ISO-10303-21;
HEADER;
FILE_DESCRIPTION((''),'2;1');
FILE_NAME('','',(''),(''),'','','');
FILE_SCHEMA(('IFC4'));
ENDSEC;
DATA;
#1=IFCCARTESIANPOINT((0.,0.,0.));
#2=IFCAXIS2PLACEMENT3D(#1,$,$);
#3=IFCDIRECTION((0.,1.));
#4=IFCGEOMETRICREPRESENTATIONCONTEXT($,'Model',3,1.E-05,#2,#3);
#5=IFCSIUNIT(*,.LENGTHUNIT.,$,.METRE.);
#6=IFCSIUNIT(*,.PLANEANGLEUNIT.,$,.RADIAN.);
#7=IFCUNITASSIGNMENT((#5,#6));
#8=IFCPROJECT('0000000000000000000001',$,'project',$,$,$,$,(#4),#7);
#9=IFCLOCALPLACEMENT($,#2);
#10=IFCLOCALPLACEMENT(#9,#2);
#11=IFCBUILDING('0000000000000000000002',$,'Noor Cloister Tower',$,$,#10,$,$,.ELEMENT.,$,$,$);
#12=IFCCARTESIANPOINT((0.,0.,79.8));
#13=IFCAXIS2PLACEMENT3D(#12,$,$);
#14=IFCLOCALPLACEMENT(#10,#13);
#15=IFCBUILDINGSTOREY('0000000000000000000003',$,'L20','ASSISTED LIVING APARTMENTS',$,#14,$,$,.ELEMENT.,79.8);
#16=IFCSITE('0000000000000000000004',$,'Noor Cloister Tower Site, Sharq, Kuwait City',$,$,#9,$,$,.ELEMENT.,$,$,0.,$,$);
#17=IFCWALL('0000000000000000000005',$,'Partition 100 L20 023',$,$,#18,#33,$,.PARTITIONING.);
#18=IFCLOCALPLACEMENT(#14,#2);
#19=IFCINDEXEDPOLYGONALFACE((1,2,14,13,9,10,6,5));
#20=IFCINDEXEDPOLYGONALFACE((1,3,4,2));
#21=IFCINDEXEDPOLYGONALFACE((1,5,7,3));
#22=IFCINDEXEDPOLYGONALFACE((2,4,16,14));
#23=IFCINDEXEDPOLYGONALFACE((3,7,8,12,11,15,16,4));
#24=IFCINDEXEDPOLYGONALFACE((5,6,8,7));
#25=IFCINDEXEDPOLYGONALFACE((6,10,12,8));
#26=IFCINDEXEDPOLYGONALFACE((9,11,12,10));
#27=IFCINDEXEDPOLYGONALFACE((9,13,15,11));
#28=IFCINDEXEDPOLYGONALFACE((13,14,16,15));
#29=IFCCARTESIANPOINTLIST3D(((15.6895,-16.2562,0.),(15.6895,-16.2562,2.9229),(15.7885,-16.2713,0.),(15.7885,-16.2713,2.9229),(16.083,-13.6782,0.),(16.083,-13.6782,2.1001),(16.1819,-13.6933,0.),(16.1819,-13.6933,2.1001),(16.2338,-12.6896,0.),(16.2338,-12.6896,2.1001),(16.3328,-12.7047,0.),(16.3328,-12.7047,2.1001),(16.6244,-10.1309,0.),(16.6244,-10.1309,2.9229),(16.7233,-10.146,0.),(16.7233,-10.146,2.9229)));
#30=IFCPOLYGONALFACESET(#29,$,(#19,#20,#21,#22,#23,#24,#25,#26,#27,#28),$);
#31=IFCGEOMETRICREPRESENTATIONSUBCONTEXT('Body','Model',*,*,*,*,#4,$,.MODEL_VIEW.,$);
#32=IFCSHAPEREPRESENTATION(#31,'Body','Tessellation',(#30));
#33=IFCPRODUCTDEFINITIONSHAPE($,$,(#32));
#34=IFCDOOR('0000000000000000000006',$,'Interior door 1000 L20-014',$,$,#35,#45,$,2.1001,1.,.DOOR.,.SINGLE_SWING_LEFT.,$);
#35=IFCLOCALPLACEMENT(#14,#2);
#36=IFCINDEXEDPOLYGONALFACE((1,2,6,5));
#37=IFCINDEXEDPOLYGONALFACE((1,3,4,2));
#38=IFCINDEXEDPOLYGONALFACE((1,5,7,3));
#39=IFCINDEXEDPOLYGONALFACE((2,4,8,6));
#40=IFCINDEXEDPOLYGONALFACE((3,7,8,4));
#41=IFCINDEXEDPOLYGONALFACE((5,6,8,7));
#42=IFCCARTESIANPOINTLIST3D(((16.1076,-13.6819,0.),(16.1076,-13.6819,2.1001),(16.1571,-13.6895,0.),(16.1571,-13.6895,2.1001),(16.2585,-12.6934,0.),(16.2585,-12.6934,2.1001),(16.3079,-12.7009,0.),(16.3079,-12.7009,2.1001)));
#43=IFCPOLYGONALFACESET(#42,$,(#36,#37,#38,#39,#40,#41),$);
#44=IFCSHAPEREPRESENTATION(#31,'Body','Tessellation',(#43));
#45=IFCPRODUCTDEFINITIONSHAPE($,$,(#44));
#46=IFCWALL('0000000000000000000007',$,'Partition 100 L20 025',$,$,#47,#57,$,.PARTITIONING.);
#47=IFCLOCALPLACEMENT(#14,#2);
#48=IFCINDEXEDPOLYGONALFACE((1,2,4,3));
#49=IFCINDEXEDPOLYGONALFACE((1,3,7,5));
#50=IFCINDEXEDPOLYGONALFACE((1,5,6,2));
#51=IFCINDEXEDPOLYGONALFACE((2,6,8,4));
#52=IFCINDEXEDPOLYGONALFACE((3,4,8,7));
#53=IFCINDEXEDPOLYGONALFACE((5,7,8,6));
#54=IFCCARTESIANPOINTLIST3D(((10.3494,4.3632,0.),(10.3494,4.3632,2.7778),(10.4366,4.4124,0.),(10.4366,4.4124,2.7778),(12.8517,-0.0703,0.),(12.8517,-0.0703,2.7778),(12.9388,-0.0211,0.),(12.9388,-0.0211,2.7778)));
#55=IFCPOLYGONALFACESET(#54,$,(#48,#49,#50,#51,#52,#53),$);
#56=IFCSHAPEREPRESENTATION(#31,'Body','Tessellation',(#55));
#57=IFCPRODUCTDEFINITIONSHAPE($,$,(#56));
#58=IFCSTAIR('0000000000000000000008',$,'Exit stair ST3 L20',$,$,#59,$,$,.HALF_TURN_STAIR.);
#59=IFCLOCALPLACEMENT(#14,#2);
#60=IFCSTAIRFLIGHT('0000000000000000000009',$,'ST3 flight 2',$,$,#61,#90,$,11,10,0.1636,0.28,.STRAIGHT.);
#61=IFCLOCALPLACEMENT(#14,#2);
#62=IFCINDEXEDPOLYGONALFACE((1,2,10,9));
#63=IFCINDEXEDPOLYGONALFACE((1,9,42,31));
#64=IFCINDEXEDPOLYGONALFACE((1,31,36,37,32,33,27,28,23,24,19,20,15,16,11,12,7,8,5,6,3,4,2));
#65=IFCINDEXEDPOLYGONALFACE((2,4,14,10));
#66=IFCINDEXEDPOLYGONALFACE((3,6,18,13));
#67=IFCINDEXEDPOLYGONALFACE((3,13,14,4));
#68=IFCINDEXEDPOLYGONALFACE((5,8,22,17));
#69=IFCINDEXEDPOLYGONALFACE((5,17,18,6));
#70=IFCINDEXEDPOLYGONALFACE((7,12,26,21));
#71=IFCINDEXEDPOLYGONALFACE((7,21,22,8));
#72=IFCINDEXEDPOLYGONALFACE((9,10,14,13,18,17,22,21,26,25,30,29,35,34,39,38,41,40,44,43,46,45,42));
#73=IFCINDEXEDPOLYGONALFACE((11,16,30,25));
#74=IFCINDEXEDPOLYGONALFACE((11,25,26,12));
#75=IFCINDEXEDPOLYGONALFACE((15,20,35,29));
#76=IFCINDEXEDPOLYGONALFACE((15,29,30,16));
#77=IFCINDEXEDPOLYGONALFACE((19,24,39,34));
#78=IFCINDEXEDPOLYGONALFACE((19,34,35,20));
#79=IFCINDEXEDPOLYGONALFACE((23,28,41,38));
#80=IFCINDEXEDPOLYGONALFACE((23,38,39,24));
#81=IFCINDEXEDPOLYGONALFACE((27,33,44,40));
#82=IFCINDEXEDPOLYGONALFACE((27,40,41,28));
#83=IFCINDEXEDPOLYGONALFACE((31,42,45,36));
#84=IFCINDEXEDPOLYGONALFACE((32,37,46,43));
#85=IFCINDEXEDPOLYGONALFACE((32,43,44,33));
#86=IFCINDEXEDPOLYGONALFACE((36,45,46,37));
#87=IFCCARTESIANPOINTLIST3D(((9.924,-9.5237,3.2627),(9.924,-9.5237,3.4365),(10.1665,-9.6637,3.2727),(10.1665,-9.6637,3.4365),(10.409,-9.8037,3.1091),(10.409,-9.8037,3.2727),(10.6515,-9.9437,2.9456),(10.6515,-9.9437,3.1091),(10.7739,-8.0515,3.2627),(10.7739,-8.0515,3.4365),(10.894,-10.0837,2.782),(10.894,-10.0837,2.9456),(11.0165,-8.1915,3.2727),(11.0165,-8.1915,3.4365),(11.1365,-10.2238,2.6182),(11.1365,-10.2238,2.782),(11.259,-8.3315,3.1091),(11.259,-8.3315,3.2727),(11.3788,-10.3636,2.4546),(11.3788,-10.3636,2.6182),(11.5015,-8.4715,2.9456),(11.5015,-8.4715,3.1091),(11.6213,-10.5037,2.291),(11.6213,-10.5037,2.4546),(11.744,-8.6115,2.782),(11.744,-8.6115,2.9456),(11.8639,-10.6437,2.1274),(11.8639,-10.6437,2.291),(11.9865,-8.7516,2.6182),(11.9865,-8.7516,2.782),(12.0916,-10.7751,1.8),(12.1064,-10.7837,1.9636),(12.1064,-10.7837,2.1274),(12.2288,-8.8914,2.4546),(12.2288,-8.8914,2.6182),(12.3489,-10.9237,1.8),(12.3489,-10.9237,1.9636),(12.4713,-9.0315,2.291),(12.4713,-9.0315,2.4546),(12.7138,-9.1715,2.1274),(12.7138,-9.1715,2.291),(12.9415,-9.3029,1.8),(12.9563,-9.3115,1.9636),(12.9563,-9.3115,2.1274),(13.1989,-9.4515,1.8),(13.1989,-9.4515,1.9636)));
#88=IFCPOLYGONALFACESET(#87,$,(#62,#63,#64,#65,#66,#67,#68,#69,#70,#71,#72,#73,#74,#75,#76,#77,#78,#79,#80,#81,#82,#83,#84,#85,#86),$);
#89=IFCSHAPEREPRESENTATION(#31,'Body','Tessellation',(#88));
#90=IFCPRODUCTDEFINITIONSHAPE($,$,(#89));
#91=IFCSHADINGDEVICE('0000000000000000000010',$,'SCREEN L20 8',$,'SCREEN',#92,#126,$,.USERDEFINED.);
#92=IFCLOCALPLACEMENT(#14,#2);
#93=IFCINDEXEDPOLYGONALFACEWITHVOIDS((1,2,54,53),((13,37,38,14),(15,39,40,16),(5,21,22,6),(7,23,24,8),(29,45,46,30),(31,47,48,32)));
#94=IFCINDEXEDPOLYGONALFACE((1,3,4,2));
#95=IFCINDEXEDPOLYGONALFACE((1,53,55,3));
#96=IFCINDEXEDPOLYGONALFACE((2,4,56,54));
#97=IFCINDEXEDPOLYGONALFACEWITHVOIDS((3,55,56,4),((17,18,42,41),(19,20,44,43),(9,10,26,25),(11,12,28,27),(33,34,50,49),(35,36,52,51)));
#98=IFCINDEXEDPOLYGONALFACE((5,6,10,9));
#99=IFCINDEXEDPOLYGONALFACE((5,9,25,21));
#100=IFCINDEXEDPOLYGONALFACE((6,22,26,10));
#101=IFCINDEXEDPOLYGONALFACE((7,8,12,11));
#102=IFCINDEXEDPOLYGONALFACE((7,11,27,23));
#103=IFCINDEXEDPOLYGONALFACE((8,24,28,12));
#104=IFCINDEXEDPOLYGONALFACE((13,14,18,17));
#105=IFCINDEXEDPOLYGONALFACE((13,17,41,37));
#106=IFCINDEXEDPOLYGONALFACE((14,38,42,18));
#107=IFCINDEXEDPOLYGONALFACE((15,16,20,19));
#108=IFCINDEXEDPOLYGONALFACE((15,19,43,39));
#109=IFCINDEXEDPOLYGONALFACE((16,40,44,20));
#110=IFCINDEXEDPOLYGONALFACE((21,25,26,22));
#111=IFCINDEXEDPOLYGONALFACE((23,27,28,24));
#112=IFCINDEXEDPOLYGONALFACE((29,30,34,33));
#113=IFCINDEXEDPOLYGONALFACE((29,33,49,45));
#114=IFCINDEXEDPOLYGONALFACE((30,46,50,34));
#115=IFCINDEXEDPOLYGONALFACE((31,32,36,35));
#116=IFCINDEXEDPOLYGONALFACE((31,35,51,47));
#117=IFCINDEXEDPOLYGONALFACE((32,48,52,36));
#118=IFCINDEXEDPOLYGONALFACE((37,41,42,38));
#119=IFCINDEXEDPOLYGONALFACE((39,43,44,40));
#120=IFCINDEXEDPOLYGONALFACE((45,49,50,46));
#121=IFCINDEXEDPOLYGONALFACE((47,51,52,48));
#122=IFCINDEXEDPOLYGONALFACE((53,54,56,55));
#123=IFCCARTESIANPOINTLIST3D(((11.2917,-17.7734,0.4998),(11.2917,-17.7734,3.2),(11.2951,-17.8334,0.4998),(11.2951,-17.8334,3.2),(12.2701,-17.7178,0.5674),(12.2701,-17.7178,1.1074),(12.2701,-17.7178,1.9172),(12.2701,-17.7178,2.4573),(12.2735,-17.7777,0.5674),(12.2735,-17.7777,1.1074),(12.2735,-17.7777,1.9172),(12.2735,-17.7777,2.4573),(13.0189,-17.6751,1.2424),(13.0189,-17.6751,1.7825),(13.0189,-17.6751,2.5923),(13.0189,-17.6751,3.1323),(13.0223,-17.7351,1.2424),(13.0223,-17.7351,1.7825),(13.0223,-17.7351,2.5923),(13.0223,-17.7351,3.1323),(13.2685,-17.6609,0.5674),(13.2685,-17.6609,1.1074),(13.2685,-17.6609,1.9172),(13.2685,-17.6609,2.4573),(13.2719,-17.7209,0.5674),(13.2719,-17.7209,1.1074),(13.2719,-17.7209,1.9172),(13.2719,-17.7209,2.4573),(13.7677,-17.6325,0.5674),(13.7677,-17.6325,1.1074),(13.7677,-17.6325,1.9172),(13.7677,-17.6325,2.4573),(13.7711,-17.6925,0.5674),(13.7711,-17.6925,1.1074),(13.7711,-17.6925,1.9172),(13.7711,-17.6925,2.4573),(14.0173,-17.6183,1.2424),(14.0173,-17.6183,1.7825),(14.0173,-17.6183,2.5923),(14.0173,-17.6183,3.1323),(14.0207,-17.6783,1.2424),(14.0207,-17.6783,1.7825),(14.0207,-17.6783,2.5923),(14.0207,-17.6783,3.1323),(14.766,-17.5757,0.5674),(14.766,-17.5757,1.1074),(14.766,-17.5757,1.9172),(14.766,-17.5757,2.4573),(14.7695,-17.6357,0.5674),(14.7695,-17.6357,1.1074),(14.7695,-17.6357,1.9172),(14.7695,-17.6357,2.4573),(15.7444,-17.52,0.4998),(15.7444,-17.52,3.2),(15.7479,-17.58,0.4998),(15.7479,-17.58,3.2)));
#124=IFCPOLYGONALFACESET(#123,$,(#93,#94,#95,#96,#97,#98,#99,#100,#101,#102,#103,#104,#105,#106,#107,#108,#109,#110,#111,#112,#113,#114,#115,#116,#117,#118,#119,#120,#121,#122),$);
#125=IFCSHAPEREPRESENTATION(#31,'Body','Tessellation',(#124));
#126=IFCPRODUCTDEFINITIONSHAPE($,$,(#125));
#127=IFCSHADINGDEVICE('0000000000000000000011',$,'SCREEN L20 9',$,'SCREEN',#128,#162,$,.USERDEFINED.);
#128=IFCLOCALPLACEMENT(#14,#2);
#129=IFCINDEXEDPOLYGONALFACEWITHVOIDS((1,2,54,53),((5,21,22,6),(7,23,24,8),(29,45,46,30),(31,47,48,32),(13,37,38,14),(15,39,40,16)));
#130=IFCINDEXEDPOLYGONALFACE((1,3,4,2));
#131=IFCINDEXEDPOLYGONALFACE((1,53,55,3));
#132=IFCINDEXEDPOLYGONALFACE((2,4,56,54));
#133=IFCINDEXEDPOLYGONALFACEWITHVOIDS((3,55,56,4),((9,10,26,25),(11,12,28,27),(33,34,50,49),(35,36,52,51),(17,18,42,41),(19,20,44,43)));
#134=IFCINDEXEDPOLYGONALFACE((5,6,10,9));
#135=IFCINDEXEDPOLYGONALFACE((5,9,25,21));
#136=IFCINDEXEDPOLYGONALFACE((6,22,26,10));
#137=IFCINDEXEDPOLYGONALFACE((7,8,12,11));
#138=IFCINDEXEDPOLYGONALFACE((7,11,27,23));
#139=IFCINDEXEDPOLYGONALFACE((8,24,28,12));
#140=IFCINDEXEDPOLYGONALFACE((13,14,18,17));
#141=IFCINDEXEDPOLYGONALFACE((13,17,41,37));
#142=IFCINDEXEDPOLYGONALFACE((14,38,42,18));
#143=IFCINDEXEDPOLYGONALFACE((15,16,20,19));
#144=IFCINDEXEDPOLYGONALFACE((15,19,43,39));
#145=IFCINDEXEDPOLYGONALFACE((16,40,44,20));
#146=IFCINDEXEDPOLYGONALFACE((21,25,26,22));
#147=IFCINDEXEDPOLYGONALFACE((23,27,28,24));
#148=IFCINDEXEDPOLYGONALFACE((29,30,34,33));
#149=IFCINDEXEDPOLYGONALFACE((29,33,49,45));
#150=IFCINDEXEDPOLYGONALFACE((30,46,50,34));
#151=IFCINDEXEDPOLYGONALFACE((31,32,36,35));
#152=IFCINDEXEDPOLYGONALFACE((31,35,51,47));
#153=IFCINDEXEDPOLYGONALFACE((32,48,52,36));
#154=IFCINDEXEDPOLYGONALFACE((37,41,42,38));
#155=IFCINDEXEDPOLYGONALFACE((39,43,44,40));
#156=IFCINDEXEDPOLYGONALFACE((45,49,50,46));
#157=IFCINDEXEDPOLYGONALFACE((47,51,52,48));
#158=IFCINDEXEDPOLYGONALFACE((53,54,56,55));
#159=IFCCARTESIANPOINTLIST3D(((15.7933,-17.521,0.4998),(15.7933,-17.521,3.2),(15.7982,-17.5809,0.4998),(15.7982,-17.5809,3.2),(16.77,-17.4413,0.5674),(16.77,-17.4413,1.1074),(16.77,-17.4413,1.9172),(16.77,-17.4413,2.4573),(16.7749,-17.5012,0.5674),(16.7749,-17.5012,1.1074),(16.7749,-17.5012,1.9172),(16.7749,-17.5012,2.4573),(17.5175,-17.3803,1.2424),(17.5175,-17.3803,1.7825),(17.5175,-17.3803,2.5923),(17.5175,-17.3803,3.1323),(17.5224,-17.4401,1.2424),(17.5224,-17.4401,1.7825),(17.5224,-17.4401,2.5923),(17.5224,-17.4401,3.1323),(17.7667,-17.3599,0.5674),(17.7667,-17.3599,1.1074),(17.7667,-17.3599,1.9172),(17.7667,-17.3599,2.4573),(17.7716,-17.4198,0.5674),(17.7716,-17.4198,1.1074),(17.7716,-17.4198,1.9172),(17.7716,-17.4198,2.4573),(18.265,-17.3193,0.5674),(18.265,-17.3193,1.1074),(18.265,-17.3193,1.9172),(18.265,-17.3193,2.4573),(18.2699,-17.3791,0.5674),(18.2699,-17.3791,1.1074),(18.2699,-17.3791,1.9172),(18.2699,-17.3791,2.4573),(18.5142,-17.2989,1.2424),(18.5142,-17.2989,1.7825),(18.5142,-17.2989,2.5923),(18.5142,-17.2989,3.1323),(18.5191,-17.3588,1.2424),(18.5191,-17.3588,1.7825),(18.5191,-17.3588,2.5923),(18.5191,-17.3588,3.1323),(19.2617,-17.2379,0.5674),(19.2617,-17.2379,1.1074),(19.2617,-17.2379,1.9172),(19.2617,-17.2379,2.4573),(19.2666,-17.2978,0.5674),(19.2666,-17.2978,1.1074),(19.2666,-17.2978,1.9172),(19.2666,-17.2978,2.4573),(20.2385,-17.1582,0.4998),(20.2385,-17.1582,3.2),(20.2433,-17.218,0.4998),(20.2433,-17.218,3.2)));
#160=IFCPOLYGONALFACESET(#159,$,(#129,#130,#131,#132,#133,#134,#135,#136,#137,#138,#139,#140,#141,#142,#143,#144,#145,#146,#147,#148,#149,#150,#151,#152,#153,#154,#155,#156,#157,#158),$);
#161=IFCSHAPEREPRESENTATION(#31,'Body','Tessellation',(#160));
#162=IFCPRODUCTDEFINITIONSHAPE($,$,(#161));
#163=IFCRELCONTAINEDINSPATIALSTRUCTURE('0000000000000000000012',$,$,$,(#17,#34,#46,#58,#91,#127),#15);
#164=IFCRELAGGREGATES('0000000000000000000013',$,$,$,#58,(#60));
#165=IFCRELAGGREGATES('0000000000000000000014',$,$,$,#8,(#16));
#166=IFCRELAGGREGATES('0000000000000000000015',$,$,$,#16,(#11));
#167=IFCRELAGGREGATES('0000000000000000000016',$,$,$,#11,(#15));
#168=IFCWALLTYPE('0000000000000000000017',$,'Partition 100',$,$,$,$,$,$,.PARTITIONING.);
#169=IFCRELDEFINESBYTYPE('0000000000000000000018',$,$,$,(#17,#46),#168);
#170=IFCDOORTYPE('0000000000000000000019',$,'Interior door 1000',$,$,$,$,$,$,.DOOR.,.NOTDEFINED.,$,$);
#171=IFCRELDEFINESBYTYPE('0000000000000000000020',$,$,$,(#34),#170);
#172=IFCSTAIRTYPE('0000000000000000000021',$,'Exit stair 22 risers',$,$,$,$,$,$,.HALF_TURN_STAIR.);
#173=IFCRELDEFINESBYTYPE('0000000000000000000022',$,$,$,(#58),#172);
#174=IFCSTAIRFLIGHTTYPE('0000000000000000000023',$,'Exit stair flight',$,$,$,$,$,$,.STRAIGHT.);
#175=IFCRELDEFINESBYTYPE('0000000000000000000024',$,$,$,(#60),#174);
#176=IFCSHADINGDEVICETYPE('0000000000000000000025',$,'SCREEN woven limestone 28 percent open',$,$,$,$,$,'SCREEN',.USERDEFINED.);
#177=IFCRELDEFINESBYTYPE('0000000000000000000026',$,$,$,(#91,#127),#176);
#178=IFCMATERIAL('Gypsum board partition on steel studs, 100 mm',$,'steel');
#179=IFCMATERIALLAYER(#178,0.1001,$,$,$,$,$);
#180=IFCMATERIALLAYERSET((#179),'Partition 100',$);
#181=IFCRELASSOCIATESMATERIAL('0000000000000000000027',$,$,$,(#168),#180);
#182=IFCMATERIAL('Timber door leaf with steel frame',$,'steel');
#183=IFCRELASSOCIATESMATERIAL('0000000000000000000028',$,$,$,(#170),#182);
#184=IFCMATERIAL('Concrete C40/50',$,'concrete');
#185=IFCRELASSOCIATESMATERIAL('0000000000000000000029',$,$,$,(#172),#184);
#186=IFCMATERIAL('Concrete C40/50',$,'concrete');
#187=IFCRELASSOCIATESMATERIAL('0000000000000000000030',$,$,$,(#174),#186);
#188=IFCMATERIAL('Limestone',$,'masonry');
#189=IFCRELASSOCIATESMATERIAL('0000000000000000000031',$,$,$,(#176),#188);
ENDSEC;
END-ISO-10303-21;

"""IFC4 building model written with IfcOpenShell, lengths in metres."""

from ifc_helpers import new_model, si_unit, direction, frame, frame_2d, origin, place, context, subcontext, project, spatial, polyline, rectangle, outline, extrude, material, layer, layer_set, material_profile, profile_set, type_object, element, fill, aggregate, save


model = new_model("IFC4")

# Units and contexts
model_context = context("Model", 3, precision=1e-05, world=origin(), true_north=direction((0.0, 1.0)))
body_context = subcontext(model_context, "Body", "Model", "MODEL_VIEW")
ifc_project = project(units=[si_unit("LENGTHUNIT", "METRE"), si_unit("PLANEANGLEUNIT", "RADIAN")], contexts=[model_context])

# Site, building, storey
site_placement = place(None, origin())
site = spatial("IfcSite", under=ifc_project, at=site_placement, Name="Noor Cloister Tower Site, Sharq, Kuwait City", CompositionType="ELEMENT", RefElevation=0.0)
building_placement = place(site_placement, origin())
building = spatial("IfcBuilding", under=site, at=building_placement, Name="Noor Cloister Tower", CompositionType="ELEMENT")
storey_placement = place(building_placement, frame((0.0, 0.0, 79.8)))
storey = spatial("IfcBuildingStorey", under=building, at=storey_placement, Name="L20", Description="ASSISTED LIVING APARTMENTS", CompositionType="ELEMENT", Elevation=79.8)

# Wall, opening, door
ifc_material_1 = material(Name="Gypsum board partition on steel studs, 100 mm", Category="steel")
ifc_layer_1 = layer(ifc_material_1, 0.1001)
ifc_layer_set_1 = layer_set([ifc_layer_1], Name="Partition 100")
wall_type_1 = type_object("IfcWallType", Name="Partition 100", PredefinedType="PARTITIONING", material=ifc_layer_set_1)
wall_1_placement = place(storey_placement, frame((16.6738, -10.1384, 0.0), z_axis=(0.0, 0.0, 1.0), x_axis=(-0.15087, -0.988554, 0.0)))
wall_1 = element("IfcWall", 1, at=wall_1_placement, inside=storey, type_object=wall_type_1, Name="Partition 100 L20 023", PredefinedType="PARTITIONING", context=body_context, shape_type="SweptSolid", body=[
    extrude(rectangle(XDim=6.1963, YDim=0.1001, at=frame_2d((3.0981, 0.0))), origin(), (0.0, 0.0, 1.0), 2.9229),
])
opening_placement = place(wall_1_placement, frame((2.5884, 0.0, 0.0)))
opening = element("IfcOpeningElement", 2, at=opening_placement, cuts=wall_1, PredefinedType="OPENING", context=body_context, shape_type="SweptSolid", body=[
    extrude(rectangle(XDim=1.0, YDim=2.1001, at=frame_2d((0.5, 1.05))), frame((0.0, 0.0601, 0.0), z_axis=(0.0, -1.0, 0.0), x_axis=(1.0, 0.0, 0.0)), (0.0, 0.0, 1.0), 0.1201),
])
ifc_material_2 = material(Name="Timber door leaf with steel frame", Category="steel")
door_type = type_object("IfcDoorType", Name="Interior door 1000", OperationType="NOTDEFINED", PredefinedType="DOOR", material=ifc_material_2)
door_placement = place(opening_placement, origin())
door = element("IfcDoor", 3, at=door_placement, inside=storey, type_object=door_type, Name="Interior door 1000 L20-014", OperationType="SINGLE_SWING_LEFT", OverallHeight=2.1001, OverallWidth=1.0, PredefinedType="DOOR", context=body_context, shape_type="SweptSolid", body=[
    extrude(rectangle(XDim=1.0, YDim=2.1001, at=frame_2d((0.5, 1.05))), frame((0.0, 0.0249, 0.0), z_axis=(0.0, -1.0, 0.0), x_axis=(1.0, 0.0, 0.0)), (0.0, 0.0, 1.0), 0.05),
])
fill(opening, door)

# Wall
wall_2_placement = place(storey_placement, frame((12.8953, -0.0457, 0.0), z_axis=(0.0, 0.0, 1.0), x_axis=(-0.49152, 0.870866, 0.0)))
element("IfcWall", 4, at=wall_2_placement, inside=storey, type_object=wall_type_1, Name="Partition 100 L20 025", PredefinedType="PARTITIONING", context=body_context, shape_type="SweptSolid", body=[
    extrude(rectangle(XDim=5.0908, YDim=0.1001, at=frame_2d((2.5454, 0.0))), origin(), (0.0, 0.0, 1.0), 2.7778),
])

# Stair, stair flight
ifc_material_3 = material(Name="Concrete C40/50", Category="concrete")
stair_type = type_object("IfcStairType", Name="Exit stair 22 risers", PredefinedType="HALF_TURN_STAIR", material=ifc_material_3)
stair_placement = place(storey_placement, origin())
stair = element("IfcStair", 5, at=stair_placement, inside=storey, type_object=stair_type, Name="Exit stair ST3 L20", PredefinedType="HALF_TURN_STAIR")
ifc_material_4 = material(Name="Concrete C40/50", Category="concrete")
stair_flight_type = type_object("IfcStairFlightType", Name="Exit stair flight", PredefinedType="STRAIGHT", material=ifc_material_4)
stair_flight_placement = place(storey_placement, frame((12.7739, -10.1875, 1.8), z_axis=(0.0, 0.0, 1.0), x_axis=(-0.866025, 0.5, 0.0)))
stair_flight = element("IfcStairFlight", 6, at=stair_flight_placement, type_object=stair_flight_type, Name="ST3 flight 2", NumberOfRisers=11, NumberOfTreads=10, PredefinedType="STRAIGHT", RiserHeight=0.1636, TreadLength=0.28, context=body_context, shape_type="SweptSolid", body=[
    extrude(outline(polyline([(0.0, 0.0), (0.0, 0.1636), (0.28, 0.1636), (0.28, 0.3274), (0.5601, 0.3274), (0.5601, 0.491), (0.8401, 0.491), (0.8401, 0.6545), (1.1201, 0.6545), (1.1201, 0.8181), (1.3999, 0.8181), (1.3999, 0.9819), (1.6799, 0.9819), (1.6799, 1.1455), (1.96, 1.1455), (1.96, 1.3091), (2.24, 1.3091), (2.24, 1.4727), (2.52, 1.4727), (2.52, 1.6365), (2.8, 1.6365), (2.8, 1.8), (2.8, 1.4626), (0.2971, 0.0), (0.0, 0.0)])), frame((0.0, 0.8501, 0.0), z_axis=(0.0, -1.0, 0.0), x_axis=(1.0, 0.0, 0.0)), (0.0, 0.0, 1.0), 1.7),
])
aggregate(stair, [stair_flight])

# Shading devices
ifc_material_5 = material(Name="Limestone", Category="masonry")
ifc_material_profile_1 = material_profile(ifc_material_5, outline(polyline([(-2.23, -1.3501), (2.23, -1.3501), (2.23, 1.3501), (-2.23, 1.3501), (-2.23, -1.3501)]), holes=[polyline([(-1.25, -1.2825), (-0.25, -1.2825), (-0.25, -0.7424), (-1.25, -0.7424), (-1.25, -1.2825)]), polyline([(0.25, -1.2825), (1.25, -1.2825), (1.25, -0.7424), (0.25, -0.7424), (0.25, -1.2825)]), polyline([(-0.5, -0.6074), (0.5, -0.6074), (0.5, -0.0674), (-0.5, -0.0674), (-0.5, -0.6074)]), polyline([(-1.25, 0.0674), (-0.25, 0.0674), (-0.25, 0.6074), (-1.25, 0.6074), (-1.25, 0.0674)]), polyline([(0.25, 0.0674), (1.25, 0.0674), (1.25, 0.6074), (0.25, 0.6074), (0.25, 0.0674)]), polyline([(-0.5, 0.7424), (0.5, 0.7424), (0.5, 1.2825), (-0.5, 1.2825), (-0.5, 0.7424)])]), Name="Woven screen 28 percent open")
ifc_profile_set_1 = profile_set([ifc_material_profile_1], Name="Limestone")
shading_device_type = type_object("IfcShadingDeviceType", Name="SCREEN woven limestone 28 percent open", ElementType="SCREEN", PredefinedType="USERDEFINED", material=ifc_profile_set_1)
for number, where, z_axis, x_axis, name in (
    (7, (13.5181, -17.6467, 1.8499), (0.056819, -0.998385, 0.0), (0.998385, 0.056819, 0.0), "SCREEN L20 8"),
    (8, (18.0159, -17.3396, 1.8499), (0.081362, -0.996685, 0.0), (0.996685, 0.081362, 0.0), "SCREEN L20 9"),
):
    element("IfcShadingDevice", number, at=place(storey_placement, frame(where, z_axis=z_axis, x_axis=x_axis)), inside=storey, type_object=shading_device_type, Name=name, ObjectType="SCREEN", PredefinedType="USERDEFINED", context=body_context, shape_type="SweptSolid", body=[
        extrude(outline(polyline([(-2.23, -1.3501), (2.23, -1.3501), (2.23, 1.3501), (-2.23, 1.3501), (-2.23, -1.3501)]), holes=[polyline([(-1.25, -1.2825), (-0.25, -1.2825), (-0.25, -0.7424), (-1.25, -0.7424), (-1.25, -1.2825)]), polyline([(0.25, -1.2825), (1.25, -1.2825), (1.25, -0.7424), (0.25, -0.7424), (0.25, -1.2825)]), polyline([(-0.5, -0.6074), (0.5, -0.6074), (0.5, -0.0674), (-0.5, -0.0674), (-0.5, -0.6074)]), polyline([(-1.25, 0.0674), (-0.25, 0.0674), (-0.25, 0.6074), (-1.25, 0.6074), (-1.25, 0.0674)]), polyline([(0.25, 0.0674), (1.25, 0.0674), (1.25, 0.6074), (0.25, 0.6074), (0.25, 0.0674)]), polyline([(-0.5, 0.7424), (0.5, 0.7424), (0.5, 1.2825), (-0.5, 1.2825), (-0.5, 0.7424)])]), origin(), (0.0, 0.0, 1.0), 0.0601),
    ])

save(model, "model.ifc")
